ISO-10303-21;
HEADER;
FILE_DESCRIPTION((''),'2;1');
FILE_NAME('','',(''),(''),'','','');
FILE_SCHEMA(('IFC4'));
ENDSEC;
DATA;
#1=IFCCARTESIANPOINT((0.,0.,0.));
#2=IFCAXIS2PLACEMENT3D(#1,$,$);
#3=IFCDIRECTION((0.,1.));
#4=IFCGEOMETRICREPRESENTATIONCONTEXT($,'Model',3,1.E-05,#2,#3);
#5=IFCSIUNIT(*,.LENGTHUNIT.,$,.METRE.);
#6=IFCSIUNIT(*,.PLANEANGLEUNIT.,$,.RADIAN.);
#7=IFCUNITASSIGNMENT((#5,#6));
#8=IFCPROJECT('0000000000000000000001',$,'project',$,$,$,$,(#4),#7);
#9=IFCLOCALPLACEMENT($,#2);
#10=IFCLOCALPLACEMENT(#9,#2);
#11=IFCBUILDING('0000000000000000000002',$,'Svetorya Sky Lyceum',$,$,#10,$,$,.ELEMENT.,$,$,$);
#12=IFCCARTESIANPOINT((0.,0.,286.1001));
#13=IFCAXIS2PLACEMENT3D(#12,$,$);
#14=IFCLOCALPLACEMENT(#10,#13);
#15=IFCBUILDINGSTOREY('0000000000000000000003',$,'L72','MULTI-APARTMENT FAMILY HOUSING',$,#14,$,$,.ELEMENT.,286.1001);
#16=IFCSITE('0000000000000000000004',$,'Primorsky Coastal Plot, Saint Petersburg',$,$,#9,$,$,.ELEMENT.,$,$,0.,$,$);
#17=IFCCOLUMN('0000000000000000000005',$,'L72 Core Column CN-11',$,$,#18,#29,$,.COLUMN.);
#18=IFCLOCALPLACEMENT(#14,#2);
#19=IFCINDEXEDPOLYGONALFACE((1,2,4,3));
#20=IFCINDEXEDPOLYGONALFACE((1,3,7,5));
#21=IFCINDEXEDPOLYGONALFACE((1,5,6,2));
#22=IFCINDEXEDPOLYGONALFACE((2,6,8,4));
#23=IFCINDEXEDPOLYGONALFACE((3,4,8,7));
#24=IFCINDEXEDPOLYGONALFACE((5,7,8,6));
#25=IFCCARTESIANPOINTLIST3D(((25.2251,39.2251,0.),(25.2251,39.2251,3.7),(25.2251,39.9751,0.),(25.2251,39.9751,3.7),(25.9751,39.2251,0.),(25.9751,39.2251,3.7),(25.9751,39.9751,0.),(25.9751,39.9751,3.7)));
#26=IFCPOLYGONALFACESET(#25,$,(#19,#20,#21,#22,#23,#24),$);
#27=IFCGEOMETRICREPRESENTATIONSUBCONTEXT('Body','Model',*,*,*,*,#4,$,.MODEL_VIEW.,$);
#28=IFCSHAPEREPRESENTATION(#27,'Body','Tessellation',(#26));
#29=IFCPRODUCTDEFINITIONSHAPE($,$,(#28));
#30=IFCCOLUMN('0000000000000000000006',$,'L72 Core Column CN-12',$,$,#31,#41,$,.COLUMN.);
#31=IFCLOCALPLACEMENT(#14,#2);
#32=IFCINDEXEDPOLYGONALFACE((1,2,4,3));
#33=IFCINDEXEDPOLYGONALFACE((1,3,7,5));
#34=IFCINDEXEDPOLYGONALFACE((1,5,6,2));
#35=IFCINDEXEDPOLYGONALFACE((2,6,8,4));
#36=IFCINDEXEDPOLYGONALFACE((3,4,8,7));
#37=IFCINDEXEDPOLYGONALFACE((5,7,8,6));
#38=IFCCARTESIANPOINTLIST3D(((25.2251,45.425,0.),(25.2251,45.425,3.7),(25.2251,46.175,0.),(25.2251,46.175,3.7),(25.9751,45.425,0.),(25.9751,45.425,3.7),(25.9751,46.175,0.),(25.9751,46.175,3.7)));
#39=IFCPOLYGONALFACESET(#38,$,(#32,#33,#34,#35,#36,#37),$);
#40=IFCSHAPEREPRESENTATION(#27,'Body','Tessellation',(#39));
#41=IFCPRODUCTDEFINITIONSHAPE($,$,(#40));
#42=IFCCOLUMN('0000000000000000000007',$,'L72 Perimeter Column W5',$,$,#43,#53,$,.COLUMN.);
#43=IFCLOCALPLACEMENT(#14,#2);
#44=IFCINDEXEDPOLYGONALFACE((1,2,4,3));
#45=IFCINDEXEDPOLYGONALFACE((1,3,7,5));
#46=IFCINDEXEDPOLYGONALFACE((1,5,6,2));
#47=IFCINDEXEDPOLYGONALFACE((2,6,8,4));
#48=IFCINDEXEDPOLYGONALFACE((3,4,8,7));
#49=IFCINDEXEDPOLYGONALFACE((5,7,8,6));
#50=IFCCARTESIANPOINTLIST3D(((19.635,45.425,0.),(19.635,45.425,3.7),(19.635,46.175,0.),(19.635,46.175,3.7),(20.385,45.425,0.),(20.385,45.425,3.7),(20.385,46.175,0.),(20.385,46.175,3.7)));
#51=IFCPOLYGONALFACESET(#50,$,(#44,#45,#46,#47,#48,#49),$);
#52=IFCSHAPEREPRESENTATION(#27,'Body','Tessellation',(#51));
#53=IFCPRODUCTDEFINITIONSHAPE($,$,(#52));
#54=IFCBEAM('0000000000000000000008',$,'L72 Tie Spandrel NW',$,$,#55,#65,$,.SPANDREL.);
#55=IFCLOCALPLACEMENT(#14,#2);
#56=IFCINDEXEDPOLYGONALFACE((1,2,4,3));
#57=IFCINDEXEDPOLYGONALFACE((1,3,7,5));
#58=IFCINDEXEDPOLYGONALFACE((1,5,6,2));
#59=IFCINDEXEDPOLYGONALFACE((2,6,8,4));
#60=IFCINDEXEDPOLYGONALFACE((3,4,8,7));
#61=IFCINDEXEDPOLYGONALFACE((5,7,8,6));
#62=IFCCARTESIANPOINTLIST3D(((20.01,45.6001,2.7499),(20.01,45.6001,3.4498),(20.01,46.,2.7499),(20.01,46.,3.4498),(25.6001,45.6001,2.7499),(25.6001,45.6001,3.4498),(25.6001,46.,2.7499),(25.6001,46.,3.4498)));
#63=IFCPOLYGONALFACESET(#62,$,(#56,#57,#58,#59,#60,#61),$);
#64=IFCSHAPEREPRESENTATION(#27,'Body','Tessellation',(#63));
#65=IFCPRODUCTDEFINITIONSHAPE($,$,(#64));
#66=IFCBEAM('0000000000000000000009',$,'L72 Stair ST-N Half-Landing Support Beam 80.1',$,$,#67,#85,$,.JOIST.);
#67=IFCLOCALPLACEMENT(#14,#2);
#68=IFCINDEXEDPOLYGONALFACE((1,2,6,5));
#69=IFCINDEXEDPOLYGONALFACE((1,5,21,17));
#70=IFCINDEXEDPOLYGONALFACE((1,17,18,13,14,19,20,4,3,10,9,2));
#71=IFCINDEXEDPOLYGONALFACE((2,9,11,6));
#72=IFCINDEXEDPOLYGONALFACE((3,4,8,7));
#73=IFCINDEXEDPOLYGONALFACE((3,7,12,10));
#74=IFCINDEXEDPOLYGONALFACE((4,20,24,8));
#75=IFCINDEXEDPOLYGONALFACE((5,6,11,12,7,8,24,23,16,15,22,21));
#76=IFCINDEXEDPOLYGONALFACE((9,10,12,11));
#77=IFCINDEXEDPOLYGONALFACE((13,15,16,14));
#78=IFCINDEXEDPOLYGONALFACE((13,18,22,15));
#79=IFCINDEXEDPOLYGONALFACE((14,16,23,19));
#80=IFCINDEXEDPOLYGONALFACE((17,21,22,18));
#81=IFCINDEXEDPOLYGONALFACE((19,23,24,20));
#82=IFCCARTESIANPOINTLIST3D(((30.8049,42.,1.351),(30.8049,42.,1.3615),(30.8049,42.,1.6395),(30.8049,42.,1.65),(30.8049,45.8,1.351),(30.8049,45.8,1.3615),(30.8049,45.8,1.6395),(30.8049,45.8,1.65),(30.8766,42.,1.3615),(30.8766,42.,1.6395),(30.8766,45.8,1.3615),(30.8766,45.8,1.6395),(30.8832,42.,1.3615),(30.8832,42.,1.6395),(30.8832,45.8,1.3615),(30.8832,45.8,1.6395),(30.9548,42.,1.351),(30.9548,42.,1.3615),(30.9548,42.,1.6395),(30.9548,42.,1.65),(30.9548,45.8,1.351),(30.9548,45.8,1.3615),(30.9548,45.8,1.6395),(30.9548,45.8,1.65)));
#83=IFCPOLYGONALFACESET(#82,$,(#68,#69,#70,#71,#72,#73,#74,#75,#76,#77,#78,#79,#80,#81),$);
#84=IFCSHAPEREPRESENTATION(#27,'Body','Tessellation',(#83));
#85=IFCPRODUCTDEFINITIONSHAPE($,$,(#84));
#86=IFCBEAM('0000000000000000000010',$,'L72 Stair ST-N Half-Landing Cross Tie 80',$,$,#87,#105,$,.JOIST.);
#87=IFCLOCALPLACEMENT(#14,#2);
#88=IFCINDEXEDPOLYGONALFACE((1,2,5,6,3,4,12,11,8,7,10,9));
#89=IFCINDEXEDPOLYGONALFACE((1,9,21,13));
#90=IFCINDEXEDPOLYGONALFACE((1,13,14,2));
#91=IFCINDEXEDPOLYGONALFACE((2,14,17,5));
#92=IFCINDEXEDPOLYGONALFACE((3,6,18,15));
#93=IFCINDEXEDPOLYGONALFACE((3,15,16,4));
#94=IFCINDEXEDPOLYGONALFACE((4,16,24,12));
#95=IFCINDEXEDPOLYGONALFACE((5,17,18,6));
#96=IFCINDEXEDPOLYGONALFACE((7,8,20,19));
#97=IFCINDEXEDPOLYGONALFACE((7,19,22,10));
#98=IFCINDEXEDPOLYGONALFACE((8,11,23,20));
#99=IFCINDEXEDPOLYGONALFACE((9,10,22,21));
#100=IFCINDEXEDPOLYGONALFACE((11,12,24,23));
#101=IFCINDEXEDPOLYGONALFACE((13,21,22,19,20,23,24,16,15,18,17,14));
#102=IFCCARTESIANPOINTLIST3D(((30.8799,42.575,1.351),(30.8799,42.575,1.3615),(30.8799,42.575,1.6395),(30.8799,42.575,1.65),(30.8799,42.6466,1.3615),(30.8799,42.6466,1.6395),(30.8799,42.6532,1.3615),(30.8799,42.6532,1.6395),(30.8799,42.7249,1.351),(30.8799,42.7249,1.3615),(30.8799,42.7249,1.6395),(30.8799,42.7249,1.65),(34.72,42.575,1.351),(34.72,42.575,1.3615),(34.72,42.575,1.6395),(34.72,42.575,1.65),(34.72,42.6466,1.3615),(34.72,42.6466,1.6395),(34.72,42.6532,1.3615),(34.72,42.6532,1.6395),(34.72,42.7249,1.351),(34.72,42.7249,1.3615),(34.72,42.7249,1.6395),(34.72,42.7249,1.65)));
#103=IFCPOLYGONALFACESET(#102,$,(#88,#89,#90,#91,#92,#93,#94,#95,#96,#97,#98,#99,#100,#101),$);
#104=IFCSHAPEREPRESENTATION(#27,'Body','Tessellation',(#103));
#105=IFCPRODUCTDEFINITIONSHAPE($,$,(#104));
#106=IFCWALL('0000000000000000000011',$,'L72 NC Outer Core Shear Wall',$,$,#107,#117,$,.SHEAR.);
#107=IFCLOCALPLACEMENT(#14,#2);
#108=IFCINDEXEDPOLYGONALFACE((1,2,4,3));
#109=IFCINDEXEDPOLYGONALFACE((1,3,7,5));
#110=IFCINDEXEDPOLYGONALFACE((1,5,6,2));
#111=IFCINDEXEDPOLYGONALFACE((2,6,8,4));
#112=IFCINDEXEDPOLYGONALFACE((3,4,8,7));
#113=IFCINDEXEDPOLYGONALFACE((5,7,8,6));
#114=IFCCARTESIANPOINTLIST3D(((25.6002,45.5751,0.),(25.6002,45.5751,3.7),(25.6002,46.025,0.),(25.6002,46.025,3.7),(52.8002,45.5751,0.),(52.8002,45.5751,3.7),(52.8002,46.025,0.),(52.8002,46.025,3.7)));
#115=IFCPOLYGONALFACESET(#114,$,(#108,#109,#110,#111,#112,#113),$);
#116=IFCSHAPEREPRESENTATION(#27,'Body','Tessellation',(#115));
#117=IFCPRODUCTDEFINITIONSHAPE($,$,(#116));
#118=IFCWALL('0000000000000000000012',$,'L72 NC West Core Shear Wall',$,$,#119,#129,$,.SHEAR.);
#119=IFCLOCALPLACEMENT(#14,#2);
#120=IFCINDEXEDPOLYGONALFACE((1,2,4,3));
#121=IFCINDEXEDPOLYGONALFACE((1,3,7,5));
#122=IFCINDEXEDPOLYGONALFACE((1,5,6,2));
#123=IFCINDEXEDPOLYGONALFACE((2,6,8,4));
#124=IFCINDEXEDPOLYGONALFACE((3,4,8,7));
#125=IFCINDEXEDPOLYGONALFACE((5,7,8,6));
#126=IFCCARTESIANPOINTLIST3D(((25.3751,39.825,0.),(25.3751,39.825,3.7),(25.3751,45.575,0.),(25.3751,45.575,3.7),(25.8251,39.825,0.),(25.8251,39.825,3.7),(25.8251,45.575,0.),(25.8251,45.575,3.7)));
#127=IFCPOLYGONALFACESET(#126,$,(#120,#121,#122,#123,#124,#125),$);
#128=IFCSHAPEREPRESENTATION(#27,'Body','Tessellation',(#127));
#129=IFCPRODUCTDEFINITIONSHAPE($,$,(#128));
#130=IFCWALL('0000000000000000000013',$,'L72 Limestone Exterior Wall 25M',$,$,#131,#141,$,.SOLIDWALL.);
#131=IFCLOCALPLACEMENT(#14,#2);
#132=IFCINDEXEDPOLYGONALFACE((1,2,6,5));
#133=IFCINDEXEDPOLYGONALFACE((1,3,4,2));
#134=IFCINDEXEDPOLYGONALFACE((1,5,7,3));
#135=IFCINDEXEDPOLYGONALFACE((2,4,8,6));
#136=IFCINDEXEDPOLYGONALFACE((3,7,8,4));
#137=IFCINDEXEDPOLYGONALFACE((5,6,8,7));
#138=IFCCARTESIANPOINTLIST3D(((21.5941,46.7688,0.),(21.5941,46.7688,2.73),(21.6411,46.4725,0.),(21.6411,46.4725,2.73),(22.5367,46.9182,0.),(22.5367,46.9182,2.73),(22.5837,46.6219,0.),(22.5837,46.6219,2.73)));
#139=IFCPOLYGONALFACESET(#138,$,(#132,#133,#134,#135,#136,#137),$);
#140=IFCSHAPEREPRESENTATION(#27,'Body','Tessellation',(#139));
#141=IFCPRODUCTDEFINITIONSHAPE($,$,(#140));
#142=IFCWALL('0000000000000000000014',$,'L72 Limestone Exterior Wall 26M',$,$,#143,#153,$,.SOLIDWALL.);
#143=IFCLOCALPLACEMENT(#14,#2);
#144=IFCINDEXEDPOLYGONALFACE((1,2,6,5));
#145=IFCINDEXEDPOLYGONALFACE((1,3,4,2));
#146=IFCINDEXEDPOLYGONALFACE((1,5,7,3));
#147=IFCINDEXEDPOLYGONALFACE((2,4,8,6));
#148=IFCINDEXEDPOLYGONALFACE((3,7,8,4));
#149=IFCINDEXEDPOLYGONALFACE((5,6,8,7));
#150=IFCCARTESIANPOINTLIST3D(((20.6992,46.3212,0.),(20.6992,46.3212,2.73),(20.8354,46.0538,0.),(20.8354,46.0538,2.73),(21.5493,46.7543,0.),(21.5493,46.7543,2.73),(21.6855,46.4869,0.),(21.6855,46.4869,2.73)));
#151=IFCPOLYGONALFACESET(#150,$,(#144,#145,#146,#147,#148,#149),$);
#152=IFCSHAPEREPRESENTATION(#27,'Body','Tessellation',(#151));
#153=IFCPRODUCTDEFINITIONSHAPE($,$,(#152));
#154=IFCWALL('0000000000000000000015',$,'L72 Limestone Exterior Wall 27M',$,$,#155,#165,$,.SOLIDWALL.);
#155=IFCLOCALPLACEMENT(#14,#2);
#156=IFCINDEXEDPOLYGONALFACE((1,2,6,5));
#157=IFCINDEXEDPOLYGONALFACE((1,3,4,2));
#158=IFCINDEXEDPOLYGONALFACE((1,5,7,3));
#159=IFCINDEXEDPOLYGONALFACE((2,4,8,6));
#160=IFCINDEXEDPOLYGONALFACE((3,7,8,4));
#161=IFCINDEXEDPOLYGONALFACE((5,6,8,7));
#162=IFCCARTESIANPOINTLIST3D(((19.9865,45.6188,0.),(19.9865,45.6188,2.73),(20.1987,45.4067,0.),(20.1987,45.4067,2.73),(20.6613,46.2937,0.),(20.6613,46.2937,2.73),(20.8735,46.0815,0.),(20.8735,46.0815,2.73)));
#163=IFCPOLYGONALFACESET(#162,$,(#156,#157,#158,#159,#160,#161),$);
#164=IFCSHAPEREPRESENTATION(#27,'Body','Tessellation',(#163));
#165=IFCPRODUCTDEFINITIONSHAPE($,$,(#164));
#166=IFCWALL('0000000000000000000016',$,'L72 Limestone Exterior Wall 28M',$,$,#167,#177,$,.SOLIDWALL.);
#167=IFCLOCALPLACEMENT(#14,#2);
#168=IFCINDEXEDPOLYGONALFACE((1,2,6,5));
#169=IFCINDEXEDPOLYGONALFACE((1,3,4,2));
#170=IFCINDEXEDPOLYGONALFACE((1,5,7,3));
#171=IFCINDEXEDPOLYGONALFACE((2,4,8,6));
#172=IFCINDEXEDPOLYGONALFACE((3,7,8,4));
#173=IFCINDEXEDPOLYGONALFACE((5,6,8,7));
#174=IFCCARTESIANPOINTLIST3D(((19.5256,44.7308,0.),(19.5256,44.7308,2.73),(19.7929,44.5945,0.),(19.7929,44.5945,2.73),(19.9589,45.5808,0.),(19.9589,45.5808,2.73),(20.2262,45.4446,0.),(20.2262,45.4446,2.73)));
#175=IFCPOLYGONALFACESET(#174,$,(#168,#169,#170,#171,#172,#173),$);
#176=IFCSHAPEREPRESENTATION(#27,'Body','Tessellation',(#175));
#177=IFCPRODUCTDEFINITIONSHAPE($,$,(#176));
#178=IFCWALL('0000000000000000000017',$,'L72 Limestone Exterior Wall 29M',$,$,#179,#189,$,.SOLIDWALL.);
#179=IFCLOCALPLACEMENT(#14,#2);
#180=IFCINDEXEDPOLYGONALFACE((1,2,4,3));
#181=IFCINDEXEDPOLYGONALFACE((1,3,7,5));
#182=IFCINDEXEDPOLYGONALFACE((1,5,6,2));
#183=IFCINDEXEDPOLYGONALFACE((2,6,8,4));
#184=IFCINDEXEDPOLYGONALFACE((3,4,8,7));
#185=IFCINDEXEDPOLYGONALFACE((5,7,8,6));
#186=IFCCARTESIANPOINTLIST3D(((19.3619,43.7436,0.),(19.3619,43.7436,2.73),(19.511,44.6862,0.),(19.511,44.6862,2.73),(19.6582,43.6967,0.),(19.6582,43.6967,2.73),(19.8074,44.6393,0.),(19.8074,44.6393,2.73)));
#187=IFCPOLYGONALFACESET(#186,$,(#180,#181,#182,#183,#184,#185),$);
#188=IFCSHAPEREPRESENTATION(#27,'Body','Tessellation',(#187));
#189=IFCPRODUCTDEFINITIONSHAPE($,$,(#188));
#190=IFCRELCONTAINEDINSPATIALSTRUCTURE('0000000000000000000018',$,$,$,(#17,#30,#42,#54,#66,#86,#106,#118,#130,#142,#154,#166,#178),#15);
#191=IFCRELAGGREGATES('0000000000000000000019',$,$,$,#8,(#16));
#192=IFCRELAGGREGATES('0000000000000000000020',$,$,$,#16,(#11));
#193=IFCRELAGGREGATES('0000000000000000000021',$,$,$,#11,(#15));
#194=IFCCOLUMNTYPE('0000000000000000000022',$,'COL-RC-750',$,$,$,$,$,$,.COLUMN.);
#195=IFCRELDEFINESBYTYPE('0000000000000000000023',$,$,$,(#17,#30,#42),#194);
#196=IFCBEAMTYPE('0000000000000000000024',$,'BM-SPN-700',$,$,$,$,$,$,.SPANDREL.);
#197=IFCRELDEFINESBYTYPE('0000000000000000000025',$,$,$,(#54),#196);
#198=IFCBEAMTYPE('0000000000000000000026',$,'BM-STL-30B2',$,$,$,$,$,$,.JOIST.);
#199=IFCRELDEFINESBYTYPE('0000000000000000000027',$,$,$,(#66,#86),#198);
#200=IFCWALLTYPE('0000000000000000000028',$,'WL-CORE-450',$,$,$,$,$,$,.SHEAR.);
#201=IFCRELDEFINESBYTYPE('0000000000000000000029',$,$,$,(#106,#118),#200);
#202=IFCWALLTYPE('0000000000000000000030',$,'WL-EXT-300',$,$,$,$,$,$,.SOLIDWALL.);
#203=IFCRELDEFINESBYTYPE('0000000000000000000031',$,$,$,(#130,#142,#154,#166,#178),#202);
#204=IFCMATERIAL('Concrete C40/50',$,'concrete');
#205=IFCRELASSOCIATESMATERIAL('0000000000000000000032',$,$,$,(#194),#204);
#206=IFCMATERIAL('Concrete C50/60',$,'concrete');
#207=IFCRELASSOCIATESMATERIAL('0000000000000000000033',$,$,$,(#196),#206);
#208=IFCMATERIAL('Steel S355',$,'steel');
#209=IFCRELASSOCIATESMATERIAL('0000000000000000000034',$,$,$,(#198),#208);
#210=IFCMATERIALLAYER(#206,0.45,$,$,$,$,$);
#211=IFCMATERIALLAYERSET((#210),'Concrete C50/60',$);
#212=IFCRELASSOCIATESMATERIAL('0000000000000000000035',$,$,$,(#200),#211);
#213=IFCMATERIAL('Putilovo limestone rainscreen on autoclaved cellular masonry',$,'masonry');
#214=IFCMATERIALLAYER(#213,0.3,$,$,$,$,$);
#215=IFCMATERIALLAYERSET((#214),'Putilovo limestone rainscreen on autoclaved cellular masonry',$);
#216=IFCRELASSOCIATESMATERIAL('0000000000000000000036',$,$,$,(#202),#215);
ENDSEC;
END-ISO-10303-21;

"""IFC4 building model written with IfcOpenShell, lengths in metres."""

from ifc_helpers import new_model, si_unit, direction, frame, frame_2d, origin, origin_2d, place, context, subcontext, project, spatial, rectangle, i_section, extrude, material, layer, layer_set, material_profile, profile_set, type_object, element, save


model = new_model("IFC4")

# Units and contexts
model_context = context("Model", 3, precision=1e-05, world=origin(), true_north=direction((0.0, 1.0)))
body_context = subcontext(model_context, "Body", "Model", "MODEL_VIEW")
ifc_project = project(units=[si_unit("LENGTHUNIT", "METRE"), si_unit("PLANEANGLEUNIT", "RADIAN")], contexts=[model_context])

# Site, building, storey
site_placement = place(None, origin())
site = spatial("IfcSite", under=ifc_project, at=site_placement, Name="Primorsky Coastal Plot, Saint Petersburg", CompositionType="ELEMENT", RefElevation=0.0)
building_placement = place(site_placement, origin())
building = spatial("IfcBuilding", under=site, at=building_placement, Name="Svetorya Sky Lyceum", CompositionType="ELEMENT")
storey_placement = place(building_placement, frame((0.0, 0.0, 286.1001)))
storey = spatial("IfcBuildingStorey", under=building, at=storey_placement, Name="L72", Description="MULTI-APARTMENT FAMILY HOUSING", CompositionType="ELEMENT", Elevation=286.1001)

# Columns
ifc_material_1 = material(Name="Concrete C40/50", Category="concrete")
ifc_material_profile_1 = material_profile(ifc_material_1, rectangle(XDim=0.75, YDim=0.75, at=origin_2d()), Name="RC COL 750x750")
ifc_profile_set_1 = profile_set([ifc_material_profile_1], Name="Concrete C40/50")
column_type = type_object("IfcColumnType", Name="COL-RC-750", PredefinedType="COLUMN", material=ifc_profile_set_1)
for number, where, z_axis, x_axis, name in (
    (1, (25.6001, 39.6001, 0.0), (0.0, 0.0, 1.0), (1.0, 0.0, 0.0), "L72 Core Column CN-11"),
    (2, (25.6001, 45.8, 0.0), (0.0, 0.0, 1.0), (1.0, 0.0, 0.0), "L72 Core Column CN-12"),
    (3, (20.01, 45.8, 0.0), (0.0, 0.0, 1.0), (1.0, 0.0, 0.0), "L72 Perimeter Column W5"),
):
    element("IfcColumn", number, at=place(storey_placement, frame(where, z_axis=z_axis, x_axis=x_axis)), inside=storey, type_object=column_type, Name=name, PredefinedType="COLUMN", context=body_context, shape_type="SweptSolid", body=[
        extrude(rectangle(XDim=0.75, YDim=0.75, at=origin_2d()), origin(), (0.0, 0.0, 1.0), 3.7),
    ])

# Beams
ifc_material_2 = material(Name="Concrete C50/60", Category="concrete")
ifc_material_profile_2 = material_profile(ifc_material_2, rectangle(XDim=0.3999, YDim=0.7, at=origin_2d()), Name="RC SPANDREL 400x700")
ifc_profile_set_2 = profile_set([ifc_material_profile_2], Name="Concrete C50/60")
beam_type_1 = type_object("IfcBeamType", Name="BM-SPN-700", PredefinedType="SPANDREL", material=ifc_profile_set_2)
beam_1_placement = place(storey_placement, frame((20.01, 45.8, 3.0999), z_axis=(1.0, 0.0, 0.0), x_axis=(0.0, 1.0, 0.0)))
element("IfcBeam", 4, at=beam_1_placement, inside=storey, type_object=beam_type_1, Name="L72 Tie Spandrel NW", PredefinedType="SPANDREL", context=body_context, shape_type="SweptSolid", body=[
    extrude(rectangle(XDim=0.3999, YDim=0.7, at=origin_2d()), origin(), (0.0, 0.0, 1.0), 5.5901),
])
ifc_material_3 = material(Name="Steel S355", Category="steel")
ifc_material_profile_3 = material_profile(ifc_material_3, i_section(OverallWidth=0.1499, OverallDepth=0.2991, WebThickness=0.0066, FlangeThickness=0.0105, at=origin_2d()), Name="GOST 30B2")
ifc_profile_set_3 = profile_set([ifc_material_profile_3], Name="Steel S355")
beam_type_2 = type_object("IfcBeamType", Name="BM-STL-30B2", PredefinedType="JOIST", material=ifc_profile_set_3)
beam_2_placement = place(storey_placement, frame((30.8799, 42.0, 1.5005), z_axis=(0.0, 1.0, 0.0), x_axis=(-1.0, 0.0, 0.0)))
element("IfcBeam", 5, at=beam_2_placement, inside=storey, type_object=beam_type_2, Name="L72 Stair ST-N Half-Landing Support Beam 80.1", PredefinedType="JOIST", context=body_context, shape_type="SweptSolid", body=[
    extrude(i_section(OverallWidth=0.1499, OverallDepth=0.2991, WebThickness=0.0066, FlangeThickness=0.0105, at=origin_2d()), origin(), (0.0, 0.0, 1.0), 3.8),
])
beam_3_placement = place(storey_placement, frame((30.8799, 42.6499, 1.5005), z_axis=(1.0, 0.0, 0.0), x_axis=(0.0, 1.0, 0.0)))
element("IfcBeam", 6, at=beam_3_placement, inside=storey, type_object=beam_type_2, Name="L72 Stair ST-N Half-Landing Cross Tie 80", PredefinedType="JOIST", context=body_context, shape_type="SweptSolid", body=[
    extrude(i_section(OverallWidth=0.1499, OverallDepth=0.2991, WebThickness=0.0066, FlangeThickness=0.0105, at=origin_2d()), origin(), (0.0, 0.0, 1.0), 3.8401),
])

# Walls
ifc_layer_1 = layer(ifc_material_2, 0.45)
ifc_layer_set_1 = layer_set([ifc_layer_1], Name="Concrete C50/60")
wall_type_1 = type_object("IfcWallType", Name="WL-CORE-450", PredefinedType="SHEAR", material=ifc_layer_set_1)
wall_1_placement = place(storey_placement, frame((25.6001, 45.8, 0.0), z_axis=(0.0, 0.0, 1.0), x_axis=(1.0, 0.0, 0.0)))
element("IfcWall", 7, at=wall_1_placement, inside=storey, type_object=wall_type_1, Name="L72 NC Outer Core Shear Wall", PredefinedType="SHEAR", context=body_context, shape_type="SweptSolid", body=[
    extrude(rectangle(XDim=27.2, YDim=0.45, at=frame_2d((13.6001, 0.0))), origin(), (0.0, 0.0, 1.0), 3.7),
])
wall_2_placement = place(storey_placement, frame((25.6001, 39.825, 0.0), z_axis=(0.0, 0.0, 1.0), x_axis=(0.0, 1.0, 0.0)))
element("IfcWall", 8, at=wall_2_placement, inside=storey, type_object=wall_type_1, Name="L72 NC West Core Shear Wall", PredefinedType="SHEAR", context=body_context, shape_type="SweptSolid", body=[
    extrude(rectangle(XDim=5.75, YDim=0.45, at=frame_2d((2.875, 0.0))), origin(), (0.0, 0.0, 1.0), 3.7),
])
ifc_material_4 = material(Name="Putilovo limestone rainscreen on autoclaved cellular masonry", Category="masonry")
ifc_layer_2 = layer(ifc_material_4, 0.3)
ifc_layer_set_2 = layer_set([ifc_layer_2], Name="Putilovo limestone rainscreen on autoclaved cellular masonry")
wall_type_2 = type_object("IfcWallType", Name="WL-EXT-300", PredefinedType="SOLIDWALL", material=ifc_layer_set_2)
wall_3_placement = place(storey_placement, frame((22.5601, 46.77, 0.0), z_axis=(0.0, 0.0, 1.0), x_axis=(-0.987669, -0.156554, 0.0)))
element("IfcWall", 9, at=wall_3_placement, inside=storey, type_object=wall_type_2, Name="L72 Limestone Exterior Wall 25M", PredefinedType="SOLIDWALL", context=body_context, shape_type="SweptSolid", body=[
    extrude(rectangle(XDim=0.9543, YDim=0.3, at=frame_2d((0.4771, 0.0))), origin(), (0.0, 0.0, 1.0), 2.73),
])
wall_4_placement = place(storey_placement, frame((21.6174, 46.6206, 0.0), z_axis=(0.0, 0.0, 1.0), x_axis=(-0.891024, -0.453956, 0.0)))
element("IfcWall", 10, at=wall_4_placement, inside=storey, type_object=wall_type_2, Name="L72 Limestone Exterior Wall 26M", PredefinedType="SOLIDWALL", context=body_context, shape_type="SweptSolid", body=[
    extrude(rectangle(XDim=0.9541, YDim=0.3, at=frame_2d((0.4771, 0.0))), origin(), (0.0, 0.0, 1.0), 2.73),
])
wall_5_placement = place(storey_placement, frame((20.7673, 46.1875, 0.0), z_axis=(0.0, 0.0, 1.0), x_axis=(-0.707107, -0.707107, 0.0)))
element("IfcWall", 11, at=wall_5_placement, inside=storey, type_object=wall_type_2, Name="L72 Limestone Exterior Wall 27M", PredefinedType="SOLIDWALL", context=body_context, shape_type="SweptSolid", body=[
    extrude(rectangle(XDim=0.9543, YDim=0.3, at=frame_2d((0.4771, 0.0))), origin(), (0.0, 0.0, 1.0), 2.73),
])
wall_6_placement = place(storey_placement, frame((20.0925, 45.5127, 0.0), z_axis=(0.0, 0.0, 1.0), x_axis=(-0.45416, -0.89092, 0.0)))
element("IfcWall", 12, at=wall_6_placement, inside=storey, type_object=wall_type_2, Name="L72 Limestone Exterior Wall 28M", PredefinedType="SOLIDWALL", context=body_context, shape_type="SweptSolid", body=[
    extrude(rectangle(XDim=0.9541, YDim=0.3, at=frame_2d((0.4771, 0.0))), origin(), (0.0, 0.0, 1.0), 2.73),
])
wall_7_placement = place(storey_placement, frame((19.6592, 44.6626, 0.0), z_axis=(0.0, 0.0, 1.0), x_axis=(-0.156304, -0.987709, 0.0)))
element("IfcWall", 13, at=wall_7_placement, inside=storey, type_object=wall_type_2, Name="L72 Limestone Exterior Wall 29M", PredefinedType="SOLIDWALL", context=body_context, shape_type="SweptSolid", body=[
    extrude(rectangle(XDim=0.9543, YDim=0.3, at=frame_2d((0.4771, 0.0))), origin(), (0.0, 0.0, 1.0), 2.73),
])

save(model, "model.ifc")
